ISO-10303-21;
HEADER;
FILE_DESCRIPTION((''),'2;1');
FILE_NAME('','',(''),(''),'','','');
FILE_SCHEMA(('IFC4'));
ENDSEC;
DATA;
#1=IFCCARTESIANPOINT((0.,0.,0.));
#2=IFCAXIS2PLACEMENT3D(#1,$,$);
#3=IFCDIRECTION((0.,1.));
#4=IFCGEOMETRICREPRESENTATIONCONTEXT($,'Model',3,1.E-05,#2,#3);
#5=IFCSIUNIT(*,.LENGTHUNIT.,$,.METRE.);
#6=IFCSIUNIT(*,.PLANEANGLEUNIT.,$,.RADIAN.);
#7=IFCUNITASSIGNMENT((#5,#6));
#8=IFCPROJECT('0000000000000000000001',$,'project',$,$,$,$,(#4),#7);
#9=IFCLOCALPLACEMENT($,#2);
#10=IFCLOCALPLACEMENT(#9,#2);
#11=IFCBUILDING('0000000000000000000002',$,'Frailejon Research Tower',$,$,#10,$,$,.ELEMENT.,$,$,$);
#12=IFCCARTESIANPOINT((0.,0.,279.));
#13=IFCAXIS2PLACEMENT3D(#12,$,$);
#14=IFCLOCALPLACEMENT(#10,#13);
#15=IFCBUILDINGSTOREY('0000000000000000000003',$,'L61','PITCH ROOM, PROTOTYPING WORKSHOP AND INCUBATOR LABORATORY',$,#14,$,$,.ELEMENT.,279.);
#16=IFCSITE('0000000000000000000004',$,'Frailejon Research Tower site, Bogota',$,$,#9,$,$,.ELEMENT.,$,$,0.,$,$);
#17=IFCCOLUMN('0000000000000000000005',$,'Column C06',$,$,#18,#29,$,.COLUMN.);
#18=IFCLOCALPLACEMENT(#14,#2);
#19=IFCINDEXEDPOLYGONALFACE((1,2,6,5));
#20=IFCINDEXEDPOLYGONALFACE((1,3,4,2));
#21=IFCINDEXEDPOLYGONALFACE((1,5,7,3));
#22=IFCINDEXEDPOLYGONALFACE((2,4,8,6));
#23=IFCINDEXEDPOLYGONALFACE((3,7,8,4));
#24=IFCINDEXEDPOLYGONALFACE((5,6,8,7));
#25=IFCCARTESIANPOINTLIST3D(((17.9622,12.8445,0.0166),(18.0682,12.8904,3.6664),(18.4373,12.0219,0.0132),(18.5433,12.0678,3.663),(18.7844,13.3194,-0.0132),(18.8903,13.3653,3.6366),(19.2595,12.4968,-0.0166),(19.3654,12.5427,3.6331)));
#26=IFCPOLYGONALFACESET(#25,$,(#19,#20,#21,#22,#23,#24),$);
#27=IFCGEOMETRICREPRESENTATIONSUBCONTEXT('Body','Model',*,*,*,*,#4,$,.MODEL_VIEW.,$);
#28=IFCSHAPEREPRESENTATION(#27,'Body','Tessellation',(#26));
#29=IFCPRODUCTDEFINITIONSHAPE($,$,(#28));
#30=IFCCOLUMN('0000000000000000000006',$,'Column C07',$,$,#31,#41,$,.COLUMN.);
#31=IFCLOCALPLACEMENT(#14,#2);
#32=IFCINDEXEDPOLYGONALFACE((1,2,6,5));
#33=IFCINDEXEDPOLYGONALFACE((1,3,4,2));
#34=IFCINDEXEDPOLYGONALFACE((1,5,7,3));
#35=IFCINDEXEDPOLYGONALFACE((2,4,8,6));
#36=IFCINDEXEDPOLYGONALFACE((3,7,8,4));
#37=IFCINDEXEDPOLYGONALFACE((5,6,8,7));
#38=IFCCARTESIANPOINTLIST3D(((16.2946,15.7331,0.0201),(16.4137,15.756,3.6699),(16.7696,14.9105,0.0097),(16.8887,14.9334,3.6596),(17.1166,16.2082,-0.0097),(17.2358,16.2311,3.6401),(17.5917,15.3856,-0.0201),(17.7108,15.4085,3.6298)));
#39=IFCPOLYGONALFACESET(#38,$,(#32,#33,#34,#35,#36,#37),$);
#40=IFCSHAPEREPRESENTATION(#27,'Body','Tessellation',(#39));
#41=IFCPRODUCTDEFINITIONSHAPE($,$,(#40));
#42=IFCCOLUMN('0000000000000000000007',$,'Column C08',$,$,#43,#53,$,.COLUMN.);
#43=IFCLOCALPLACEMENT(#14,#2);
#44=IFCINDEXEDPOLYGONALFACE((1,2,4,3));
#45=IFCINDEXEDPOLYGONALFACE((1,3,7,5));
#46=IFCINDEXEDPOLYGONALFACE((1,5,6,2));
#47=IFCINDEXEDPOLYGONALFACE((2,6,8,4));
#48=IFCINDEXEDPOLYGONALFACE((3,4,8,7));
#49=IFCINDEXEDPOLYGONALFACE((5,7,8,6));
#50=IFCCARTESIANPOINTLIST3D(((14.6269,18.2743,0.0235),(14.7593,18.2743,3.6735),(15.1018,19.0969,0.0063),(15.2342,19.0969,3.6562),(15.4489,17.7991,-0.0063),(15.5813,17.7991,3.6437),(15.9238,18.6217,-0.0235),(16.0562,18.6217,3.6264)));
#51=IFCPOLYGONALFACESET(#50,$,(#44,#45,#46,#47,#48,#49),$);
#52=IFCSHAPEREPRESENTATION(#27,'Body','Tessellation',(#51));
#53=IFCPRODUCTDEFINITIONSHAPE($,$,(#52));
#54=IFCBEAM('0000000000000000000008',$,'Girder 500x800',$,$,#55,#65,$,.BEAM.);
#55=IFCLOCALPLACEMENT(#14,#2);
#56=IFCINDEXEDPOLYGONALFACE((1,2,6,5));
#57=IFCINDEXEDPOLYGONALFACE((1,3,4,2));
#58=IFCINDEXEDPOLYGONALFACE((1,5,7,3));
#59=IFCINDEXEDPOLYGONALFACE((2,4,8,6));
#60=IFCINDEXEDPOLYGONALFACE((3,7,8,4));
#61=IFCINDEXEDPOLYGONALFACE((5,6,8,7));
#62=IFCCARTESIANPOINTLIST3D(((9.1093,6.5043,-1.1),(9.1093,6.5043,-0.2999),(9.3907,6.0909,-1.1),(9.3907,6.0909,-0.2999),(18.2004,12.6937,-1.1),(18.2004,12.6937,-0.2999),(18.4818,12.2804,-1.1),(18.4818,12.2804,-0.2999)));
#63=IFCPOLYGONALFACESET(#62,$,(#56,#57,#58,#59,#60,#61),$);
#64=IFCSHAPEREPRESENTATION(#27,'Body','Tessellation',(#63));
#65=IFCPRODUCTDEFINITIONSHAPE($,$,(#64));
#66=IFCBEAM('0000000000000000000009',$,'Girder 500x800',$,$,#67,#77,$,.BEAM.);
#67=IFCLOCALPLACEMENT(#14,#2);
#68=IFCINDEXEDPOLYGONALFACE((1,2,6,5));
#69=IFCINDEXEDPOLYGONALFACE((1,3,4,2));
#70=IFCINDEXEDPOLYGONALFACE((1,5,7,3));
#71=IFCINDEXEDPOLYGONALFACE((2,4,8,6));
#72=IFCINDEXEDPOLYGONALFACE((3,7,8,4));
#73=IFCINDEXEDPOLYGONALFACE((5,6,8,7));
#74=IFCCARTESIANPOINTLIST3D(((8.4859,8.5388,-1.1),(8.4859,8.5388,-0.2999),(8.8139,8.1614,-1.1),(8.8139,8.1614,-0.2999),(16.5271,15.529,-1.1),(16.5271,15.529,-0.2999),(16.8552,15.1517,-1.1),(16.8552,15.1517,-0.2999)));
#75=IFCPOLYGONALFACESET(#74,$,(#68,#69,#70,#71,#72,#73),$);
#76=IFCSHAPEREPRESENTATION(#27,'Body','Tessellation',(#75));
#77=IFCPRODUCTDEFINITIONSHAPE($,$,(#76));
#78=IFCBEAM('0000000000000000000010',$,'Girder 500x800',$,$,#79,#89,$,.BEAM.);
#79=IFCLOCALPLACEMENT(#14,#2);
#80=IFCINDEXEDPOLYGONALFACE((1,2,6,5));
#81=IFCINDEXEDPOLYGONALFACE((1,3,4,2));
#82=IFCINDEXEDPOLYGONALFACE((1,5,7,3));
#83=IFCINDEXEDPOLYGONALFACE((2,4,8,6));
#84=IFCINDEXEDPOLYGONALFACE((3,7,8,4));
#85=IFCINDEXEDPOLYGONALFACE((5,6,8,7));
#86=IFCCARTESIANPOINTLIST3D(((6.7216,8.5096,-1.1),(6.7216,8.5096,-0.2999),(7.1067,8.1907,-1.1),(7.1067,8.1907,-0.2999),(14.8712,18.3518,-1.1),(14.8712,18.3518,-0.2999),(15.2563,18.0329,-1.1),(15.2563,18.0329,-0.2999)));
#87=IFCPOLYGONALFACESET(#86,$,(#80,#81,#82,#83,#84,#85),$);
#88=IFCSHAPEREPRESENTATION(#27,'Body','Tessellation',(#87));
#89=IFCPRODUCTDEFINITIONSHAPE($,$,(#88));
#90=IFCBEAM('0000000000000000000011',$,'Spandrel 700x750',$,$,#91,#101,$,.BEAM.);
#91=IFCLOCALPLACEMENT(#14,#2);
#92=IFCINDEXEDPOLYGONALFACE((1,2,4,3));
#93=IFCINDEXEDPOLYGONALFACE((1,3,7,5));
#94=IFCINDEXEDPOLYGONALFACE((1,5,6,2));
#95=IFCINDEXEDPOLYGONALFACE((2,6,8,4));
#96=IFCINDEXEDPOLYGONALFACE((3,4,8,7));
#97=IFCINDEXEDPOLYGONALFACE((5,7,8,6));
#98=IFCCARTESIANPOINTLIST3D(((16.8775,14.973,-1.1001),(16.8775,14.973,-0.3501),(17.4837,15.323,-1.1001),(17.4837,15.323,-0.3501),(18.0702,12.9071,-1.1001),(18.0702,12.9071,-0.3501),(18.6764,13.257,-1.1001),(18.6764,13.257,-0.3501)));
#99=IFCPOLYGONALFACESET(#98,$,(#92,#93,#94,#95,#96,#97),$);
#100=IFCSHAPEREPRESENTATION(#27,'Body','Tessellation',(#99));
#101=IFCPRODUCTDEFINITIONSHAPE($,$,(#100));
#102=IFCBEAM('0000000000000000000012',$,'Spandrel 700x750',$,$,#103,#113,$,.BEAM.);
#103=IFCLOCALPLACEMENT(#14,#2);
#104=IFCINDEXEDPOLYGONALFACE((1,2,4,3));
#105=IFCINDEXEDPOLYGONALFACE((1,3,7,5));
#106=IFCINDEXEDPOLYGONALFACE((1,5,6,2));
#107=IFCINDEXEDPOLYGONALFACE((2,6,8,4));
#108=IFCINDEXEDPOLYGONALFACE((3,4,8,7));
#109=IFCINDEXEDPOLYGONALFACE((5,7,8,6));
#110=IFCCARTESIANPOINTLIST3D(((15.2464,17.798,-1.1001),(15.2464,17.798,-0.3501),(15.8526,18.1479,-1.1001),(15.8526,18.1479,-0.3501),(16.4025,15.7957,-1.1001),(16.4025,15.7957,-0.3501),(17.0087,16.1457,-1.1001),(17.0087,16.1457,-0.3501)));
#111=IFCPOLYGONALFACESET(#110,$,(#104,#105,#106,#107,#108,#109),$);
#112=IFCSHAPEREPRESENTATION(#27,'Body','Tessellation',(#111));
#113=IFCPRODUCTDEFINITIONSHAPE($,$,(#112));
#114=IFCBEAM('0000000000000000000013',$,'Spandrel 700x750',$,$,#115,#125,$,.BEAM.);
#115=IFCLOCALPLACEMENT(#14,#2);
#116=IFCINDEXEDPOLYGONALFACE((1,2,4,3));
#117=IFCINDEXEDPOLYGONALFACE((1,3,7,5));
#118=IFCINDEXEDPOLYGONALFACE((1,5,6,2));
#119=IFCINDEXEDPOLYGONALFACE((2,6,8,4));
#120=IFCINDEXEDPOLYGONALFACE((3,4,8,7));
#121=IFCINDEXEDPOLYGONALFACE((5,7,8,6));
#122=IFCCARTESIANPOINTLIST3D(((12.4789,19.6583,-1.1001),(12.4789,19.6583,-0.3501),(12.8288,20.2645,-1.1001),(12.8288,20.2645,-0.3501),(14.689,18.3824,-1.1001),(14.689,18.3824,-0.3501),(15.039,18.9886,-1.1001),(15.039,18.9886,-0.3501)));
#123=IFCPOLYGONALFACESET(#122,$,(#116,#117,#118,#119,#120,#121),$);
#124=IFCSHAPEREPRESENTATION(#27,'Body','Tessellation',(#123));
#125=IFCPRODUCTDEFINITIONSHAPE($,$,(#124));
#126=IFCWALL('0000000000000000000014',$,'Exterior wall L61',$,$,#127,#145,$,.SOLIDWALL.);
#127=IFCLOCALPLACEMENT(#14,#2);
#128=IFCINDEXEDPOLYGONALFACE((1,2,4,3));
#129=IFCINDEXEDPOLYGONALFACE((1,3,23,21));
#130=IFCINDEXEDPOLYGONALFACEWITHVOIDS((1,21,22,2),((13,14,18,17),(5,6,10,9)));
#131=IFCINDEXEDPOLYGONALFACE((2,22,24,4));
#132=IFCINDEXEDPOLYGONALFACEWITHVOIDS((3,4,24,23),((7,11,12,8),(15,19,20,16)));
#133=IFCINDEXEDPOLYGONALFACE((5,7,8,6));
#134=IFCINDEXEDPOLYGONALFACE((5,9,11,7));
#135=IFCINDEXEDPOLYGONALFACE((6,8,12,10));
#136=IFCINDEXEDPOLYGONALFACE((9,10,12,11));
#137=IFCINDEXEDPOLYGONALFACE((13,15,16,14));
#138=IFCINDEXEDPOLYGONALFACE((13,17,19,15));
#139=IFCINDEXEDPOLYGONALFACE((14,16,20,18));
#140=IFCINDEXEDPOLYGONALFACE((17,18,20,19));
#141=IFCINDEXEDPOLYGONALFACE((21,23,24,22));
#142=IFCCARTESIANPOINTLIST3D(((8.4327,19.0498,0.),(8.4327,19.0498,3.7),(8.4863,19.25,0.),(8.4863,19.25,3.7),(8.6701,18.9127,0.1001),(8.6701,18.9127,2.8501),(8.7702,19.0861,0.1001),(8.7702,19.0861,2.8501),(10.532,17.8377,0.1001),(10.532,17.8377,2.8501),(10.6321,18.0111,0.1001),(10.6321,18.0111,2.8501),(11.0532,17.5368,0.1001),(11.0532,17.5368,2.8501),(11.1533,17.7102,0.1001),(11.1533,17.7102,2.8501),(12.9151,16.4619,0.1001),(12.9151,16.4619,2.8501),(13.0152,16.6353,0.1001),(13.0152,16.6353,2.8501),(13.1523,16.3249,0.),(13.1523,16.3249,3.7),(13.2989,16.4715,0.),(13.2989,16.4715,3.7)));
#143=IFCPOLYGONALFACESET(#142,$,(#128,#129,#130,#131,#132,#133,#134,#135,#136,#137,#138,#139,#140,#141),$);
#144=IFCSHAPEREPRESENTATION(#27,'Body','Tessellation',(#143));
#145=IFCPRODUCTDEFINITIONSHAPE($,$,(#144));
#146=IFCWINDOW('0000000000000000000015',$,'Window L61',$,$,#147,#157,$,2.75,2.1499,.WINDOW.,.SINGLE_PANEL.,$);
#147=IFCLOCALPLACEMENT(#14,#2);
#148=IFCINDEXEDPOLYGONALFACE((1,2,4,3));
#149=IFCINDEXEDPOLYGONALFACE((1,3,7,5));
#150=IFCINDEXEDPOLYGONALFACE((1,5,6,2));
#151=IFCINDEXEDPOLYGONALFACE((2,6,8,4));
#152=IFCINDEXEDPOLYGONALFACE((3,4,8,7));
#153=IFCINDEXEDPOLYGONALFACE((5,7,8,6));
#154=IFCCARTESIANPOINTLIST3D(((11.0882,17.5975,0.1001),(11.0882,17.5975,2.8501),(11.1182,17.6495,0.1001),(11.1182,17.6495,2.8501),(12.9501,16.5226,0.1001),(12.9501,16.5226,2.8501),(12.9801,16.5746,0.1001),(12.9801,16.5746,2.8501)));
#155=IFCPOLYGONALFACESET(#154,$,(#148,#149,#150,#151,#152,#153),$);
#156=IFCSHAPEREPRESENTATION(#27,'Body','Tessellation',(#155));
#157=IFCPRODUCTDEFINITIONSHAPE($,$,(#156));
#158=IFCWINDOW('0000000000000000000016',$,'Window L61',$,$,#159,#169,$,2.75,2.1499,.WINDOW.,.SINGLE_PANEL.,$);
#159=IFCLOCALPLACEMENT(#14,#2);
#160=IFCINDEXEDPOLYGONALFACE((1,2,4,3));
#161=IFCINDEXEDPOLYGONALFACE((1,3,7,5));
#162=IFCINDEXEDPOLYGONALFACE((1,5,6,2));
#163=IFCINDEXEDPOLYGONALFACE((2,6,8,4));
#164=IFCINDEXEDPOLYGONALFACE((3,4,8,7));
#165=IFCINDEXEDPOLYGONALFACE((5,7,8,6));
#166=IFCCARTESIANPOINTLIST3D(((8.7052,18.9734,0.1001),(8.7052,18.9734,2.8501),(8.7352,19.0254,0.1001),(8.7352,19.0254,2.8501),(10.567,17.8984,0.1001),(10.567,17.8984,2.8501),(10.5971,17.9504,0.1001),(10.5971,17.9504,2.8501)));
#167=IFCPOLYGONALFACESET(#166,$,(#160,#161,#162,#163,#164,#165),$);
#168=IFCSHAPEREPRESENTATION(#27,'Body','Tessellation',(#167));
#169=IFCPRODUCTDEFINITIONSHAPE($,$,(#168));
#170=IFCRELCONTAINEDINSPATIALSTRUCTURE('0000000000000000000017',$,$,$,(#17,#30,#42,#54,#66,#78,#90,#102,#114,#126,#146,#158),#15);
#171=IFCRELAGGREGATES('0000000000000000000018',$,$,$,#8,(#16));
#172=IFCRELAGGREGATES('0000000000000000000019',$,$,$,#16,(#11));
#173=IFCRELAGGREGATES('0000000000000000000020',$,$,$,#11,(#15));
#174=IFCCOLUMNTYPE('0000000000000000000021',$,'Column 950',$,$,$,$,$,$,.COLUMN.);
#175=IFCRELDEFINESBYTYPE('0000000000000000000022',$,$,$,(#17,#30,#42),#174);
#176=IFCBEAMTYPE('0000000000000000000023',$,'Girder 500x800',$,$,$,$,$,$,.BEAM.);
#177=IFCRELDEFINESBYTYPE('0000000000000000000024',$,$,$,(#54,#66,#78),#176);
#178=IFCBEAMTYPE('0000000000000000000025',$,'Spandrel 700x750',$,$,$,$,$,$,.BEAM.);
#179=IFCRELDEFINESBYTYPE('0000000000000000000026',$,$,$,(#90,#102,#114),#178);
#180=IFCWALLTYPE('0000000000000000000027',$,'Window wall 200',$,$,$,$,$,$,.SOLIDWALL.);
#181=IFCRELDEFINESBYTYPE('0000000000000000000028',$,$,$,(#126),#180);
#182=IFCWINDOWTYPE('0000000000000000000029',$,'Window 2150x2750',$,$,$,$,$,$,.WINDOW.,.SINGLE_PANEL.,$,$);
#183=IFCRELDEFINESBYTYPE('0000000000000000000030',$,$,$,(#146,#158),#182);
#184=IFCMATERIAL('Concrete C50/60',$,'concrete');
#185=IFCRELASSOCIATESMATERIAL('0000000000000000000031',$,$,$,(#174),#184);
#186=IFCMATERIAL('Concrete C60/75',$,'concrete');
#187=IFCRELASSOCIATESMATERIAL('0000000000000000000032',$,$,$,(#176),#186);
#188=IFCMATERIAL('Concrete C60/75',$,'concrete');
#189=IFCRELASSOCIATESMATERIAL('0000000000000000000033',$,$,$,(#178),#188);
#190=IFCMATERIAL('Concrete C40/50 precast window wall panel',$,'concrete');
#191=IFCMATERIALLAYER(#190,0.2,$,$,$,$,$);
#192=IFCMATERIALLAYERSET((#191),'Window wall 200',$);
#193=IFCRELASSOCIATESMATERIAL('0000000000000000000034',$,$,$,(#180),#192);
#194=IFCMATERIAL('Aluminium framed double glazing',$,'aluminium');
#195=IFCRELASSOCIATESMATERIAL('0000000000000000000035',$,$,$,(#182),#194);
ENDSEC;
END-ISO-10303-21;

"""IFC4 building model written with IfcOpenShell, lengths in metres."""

from ifc_helpers import new_model, si_unit, direction, frame, frame_2d, origin, origin_2d, place, context, subcontext, project, spatial, polyline, rectangle, outline, extrude, material, layer, layer_set, material_profile, profile_set, type_object, element, fill, save


model = new_model("IFC4")

# Units and contexts
model_context = context("Model", 3, precision=1e-05, world=origin(), true_north=direction((0.0, 1.0)))
body_context = subcontext(model_context, "Body", "Model", "MODEL_VIEW")
ifc_project = project(units=[si_unit("LENGTHUNIT", "METRE"), si_unit("PLANEANGLEUNIT", "RADIAN")], contexts=[model_context])

# Site, building, storey
site_placement = place(None, origin())
site = spatial("IfcSite", under=ifc_project, at=site_placement, Name="Frailejon Research Tower site, Bogota", CompositionType="ELEMENT", RefElevation=0.0)
building_placement = place(site_placement, origin())
building = spatial("IfcBuilding", under=site, at=building_placement, Name="Frailejon Research Tower", CompositionType="ELEMENT")
storey_placement = place(building_placement, frame((0.0, 0.0, 279.0)))
storey = spatial("IfcBuildingStorey", under=building, at=storey_placement, Name="L61", Description="PITCH ROOM, PROTOTYPING WORKSHOP AND INCUBATOR LABORATORY", CompositionType="ELEMENT", Elevation=279.0)

# Columns
ifc_material_1 = material(Name="Concrete C50/60", Category="concrete")
ifc_material_profile_1 = material_profile(ifc_material_1, rectangle(XDim=0.95, YDim=0.95, at=origin_2d()), Name="Column 950")
ifc_profile_set_1 = profile_set([ifc_material_profile_1], Name="Concrete C50/60")
column_type = type_object("IfcColumnType", Name="Column 950", PredefinedType="COLUMN", material=ifc_profile_set_1)
column_1_placement = place(storey_placement, frame((18.6108, 12.6707, 0.0), z_axis=(0.029016, 0.012569, 0.9995), x_axis=(-0.500121, 0.865948, 0.003629)))
element("IfcColumn", 1, at=column_1_placement, inside=storey, type_object=column_type, Name="Column C06", PredefinedType="COLUMN", context=body_context, shape_type="SweptSolid", body=[
    extrude(rectangle(XDim=0.95, YDim=0.95, at=origin_2d()), origin(), (0.0, 0.0, 1.0), 3.6516),
])
column_2_placement = place(storey_placement, frame((16.9431, 15.5593, 0.0), z_axis=(0.032624, 0.006284, 0.999448), x_axis=(-0.500036, 0.865936, 0.010878)))
element("IfcColumn", 2, at=column_2_placement, inside=storey, type_object=column_type, Name="Column C07", PredefinedType="COLUMN", context=body_context, shape_type="SweptSolid", body=[
    extrude(rectangle(XDim=0.95, YDim=0.95, at=origin_2d()), origin(), (0.0, 0.0, 1.0), 3.6519),
])
column_3_placement = place(storey_placement, frame((15.2754, 18.448, 0.0), z_axis=(0.03623, 0.0, 0.999343), x_axis=(-0.865315, 0.500246, 0.031371)))
element("IfcColumn", 3, at=column_3_placement, inside=storey, type_object=column_type, Name="Column C08", PredefinedType="COLUMN", context=body_context, shape_type="SweptSolid", body=[
    extrude(rectangle(XDim=0.95, YDim=0.95, at=origin_2d()), origin(), (0.0, 0.0, 1.0), 3.6523),
])

# Beams
ifc_material_2 = material(Name="Concrete C60/75", Category="concrete")
ifc_material_profile_2 = material_profile(ifc_material_2, rectangle(XDim=0.5, YDim=0.8, at=origin_2d()), Name="Girder 500x800")
ifc_profile_set_2 = profile_set([ifc_material_profile_2], Name="Concrete C60/75")
beam_type_1 = type_object("IfcBeamType", Name="Girder 500x800", PredefinedType="BEAM", material=ifc_profile_set_2)
beam_1_placement = place(storey_placement, frame((18.3411, 12.4871, -0.7), z_axis=(-0.826608, -0.562778, 0.0), x_axis=(0.562778, -0.826608, 0.0)))
element("IfcBeam", 4, at=beam_1_placement, inside=storey, type_object=beam_type_1, Name="Girder 500x800", PredefinedType="BEAM", context=body_context, shape_type="SweptSolid", body=[
    extrude(rectangle(XDim=0.5, YDim=0.8, at=origin_2d()), origin(), (0.0, 0.0, 1.0), 10.998),
])
beam_2_placement = place(storey_placement, frame((16.6912, 15.3403, -0.7), z_axis=(-0.754706, -0.656063, 0.0), x_axis=(0.656063, -0.754706, 0.0)))
element("IfcBeam", 5, at=beam_2_placement, inside=storey, type_object=beam_type_1, Name="Girder 500x800", PredefinedType="BEAM", context=body_context, shape_type="SweptSolid", body=[
    extrude(rectangle(XDim=0.5, YDim=0.8, at=origin_2d()), origin(), (0.0, 0.0, 1.0), 10.6548),
])
beam_3_placement = place(storey_placement, frame((15.0637, 18.1924, -0.7), z_axis=(-0.637768, -0.770228, 0.0), x_axis=(0.770228, -0.637768, 0.0)))
element("IfcBeam", 6, at=beam_3_placement, inside=storey, type_object=beam_type_1, Name="Girder 500x800", PredefinedType="BEAM", context=body_context, shape_type="SweptSolid", body=[
    extrude(rectangle(XDim=0.5, YDim=0.8, at=origin_2d()), origin(), (0.0, 0.0, 1.0), 12.7783),
])
ifc_material_3 = material(Name="Concrete C60/75", Category="concrete")
ifc_material_profile_3 = material_profile(ifc_material_3, rectangle(XDim=0.7, YDim=0.75, at=origin_2d()), Name="Spandrel 700x750")
ifc_profile_set_3 = profile_set([ifc_material_profile_3], Name="Concrete C60/75")
beam_type_2 = type_object("IfcBeamType", Name="Spandrel 700x750", PredefinedType="BEAM", material=ifc_profile_set_3)
beam_4_placement = place(storey_placement, frame((18.3733, 13.082, -0.7251), z_axis=(-0.499959, 0.866049, 0.0), x_axis=(-0.866049, -0.499959, 0.0)))
element("IfcBeam", 7, at=beam_4_placement, inside=storey, type_object=beam_type_2, Name="Spandrel 700x750", PredefinedType="BEAM", context=body_context, shape_type="SweptSolid", body=[
    extrude(rectangle(XDim=0.7, YDim=0.75, at=origin_2d()), origin(), (0.0, 0.0, 1.0), 2.3855),
])
beam_5_placement = place(storey_placement, frame((16.7056, 15.9707, -0.7251), z_axis=(-0.500012, 0.866019, 0.0), x_axis=(-0.866019, -0.500012, 0.0)))
element("IfcBeam", 8, at=beam_5_placement, inside=storey, type_object=beam_type_2, Name="Spandrel 700x750", PredefinedType="BEAM", context=body_context, shape_type="SweptSolid", body=[
    extrude(rectangle(XDim=0.7, YDim=0.75, at=origin_2d()), origin(), (0.0, 0.0, 1.0), 2.312),
])
beam_6_placement = place(storey_placement, frame((14.864, 18.6855, -0.7251), z_axis=(-0.866057, 0.499946, 0.0), x_axis=(-0.499946, -0.866057, 0.0)))
element("IfcBeam", 9, at=beam_6_placement, inside=storey, type_object=beam_type_2, Name="Spandrel 700x750", PredefinedType="BEAM", context=body_context, shape_type="SweptSolid", body=[
    extrude(rectangle(XDim=0.7, YDim=0.75, at=origin_2d()), origin(), (0.0, 0.0, 1.0), 2.552),
])

# Wall, openings, windows
ifc_material_4 = material(Name="Concrete C40/50 precast window wall panel", Category="concrete")
ifc_layer_1 = layer(ifc_material_4, 0.2)
ifc_layer_set_1 = layer_set([ifc_layer_1], Name="Window wall 200")
wall_type = type_object("IfcWallType", Name="Window wall 200", PredefinedType="SOLIDWALL", material=ifc_layer_set_1)
wall_placement = place(storey_placement, frame((13.2256, 16.3982, 0.0), z_axis=(0.0, 0.0, 1.0), x_axis=(-0.866026, 0.499999, 0.0)))
wall = element("IfcWall", 10, at=wall_placement, inside=storey, type_object=wall_type, Name="Exterior wall L61", PredefinedType="SOLIDWALL", context=body_context, shape_type="SweptSolid", body=[
    extrude(outline(polyline([(-0.0269, -0.1001), (1.0845, -0.1001), (2.196, -0.1001), (3.3074, -0.1001), (4.4189, -0.1001), (5.5303, -0.1001), (5.4766, 0.1001), (4.3867, 0.1001), (3.2966, 0.1001), (2.2068, 0.1001), (1.1167, 0.1001), (0.0269, 0.1001), (-0.0269, -0.1001)])), origin(), (0.0, 0.0, 1.0), 3.7),
])
opening_1_placement = place(wall_placement, frame((0.3008, 0.0, 0.1001)))
opening_1 = element("IfcOpeningElement", 11, at=opening_1_placement, cuts=wall, PredefinedType="OPENING", context=body_context, shape_type="SweptSolid", body=[
    extrude(rectangle(XDim=2.1499, YDim=2.75, at=frame_2d((1.075, 1.375))), frame((0.0, 0.1099, 0.0), z_axis=(0.0, -1.0, 0.0), x_axis=(1.0, 0.0, 0.0)), (0.0, 0.0, 1.0), 0.22),
])
opening_2_placement = place(wall_placement, frame((3.0525, 0.0, 0.1001)))
opening_2 = element("IfcOpeningElement", 12, at=opening_2_placement, cuts=wall, PredefinedType="OPENING", context=body_context, shape_type="SweptSolid", body=[
    extrude(rectangle(XDim=2.1499, YDim=2.75, at=frame_2d((1.075, 1.375))), frame((0.0, 0.1099, 0.0), z_axis=(0.0, -1.0, 0.0), x_axis=(1.0, 0.0, 0.0)), (0.0, 0.0, 1.0), 0.22),
])
ifc_material_5 = material(Name="Aluminium framed double glazing", Category="aluminium")
window_type = type_object("IfcWindowType", Name="Window 2150x2750", PartitioningType="SINGLE_PANEL", PredefinedType="WINDOW", material=ifc_material_5)
window_1_placement = place(opening_1_placement, origin())
window_1 = element("IfcWindow", 13, at=window_1_placement, inside=storey, type_object=window_type, Name="Window L61", OverallHeight=2.75, OverallWidth=2.1499, PartitioningType="SINGLE_PANEL", PredefinedType="WINDOW", context=body_context, shape_type="SweptSolid", body=[
    extrude(rectangle(XDim=2.1499, YDim=2.75, at=frame_2d((1.075, 1.375))), frame((0.0, 0.03, 0.0), z_axis=(0.0, -1.0, 0.0), x_axis=(1.0, 0.0, 0.0)), (0.0, 0.0, 1.0), 0.0601),
])
fill(opening_1, window_1)
window_2_placement = place(opening_2_placement, origin())
window_2 = element("IfcWindow", 14, at=window_2_placement, inside=storey, type_object=window_type, Name="Window L61", OverallHeight=2.75, OverallWidth=2.1499, PartitioningType="SINGLE_PANEL", PredefinedType="WINDOW", context=body_context, shape_type="SweptSolid", body=[
    extrude(rectangle(XDim=2.1499, YDim=2.75, at=frame_2d((1.075, 1.375))), frame((0.0, 0.03, 0.0), z_axis=(0.0, -1.0, 0.0), x_axis=(1.0, 0.0, 0.0)), (0.0, 0.0, 1.0), 0.0601),
])
fill(opening_2, window_2)

save(model, "model.ifc")
